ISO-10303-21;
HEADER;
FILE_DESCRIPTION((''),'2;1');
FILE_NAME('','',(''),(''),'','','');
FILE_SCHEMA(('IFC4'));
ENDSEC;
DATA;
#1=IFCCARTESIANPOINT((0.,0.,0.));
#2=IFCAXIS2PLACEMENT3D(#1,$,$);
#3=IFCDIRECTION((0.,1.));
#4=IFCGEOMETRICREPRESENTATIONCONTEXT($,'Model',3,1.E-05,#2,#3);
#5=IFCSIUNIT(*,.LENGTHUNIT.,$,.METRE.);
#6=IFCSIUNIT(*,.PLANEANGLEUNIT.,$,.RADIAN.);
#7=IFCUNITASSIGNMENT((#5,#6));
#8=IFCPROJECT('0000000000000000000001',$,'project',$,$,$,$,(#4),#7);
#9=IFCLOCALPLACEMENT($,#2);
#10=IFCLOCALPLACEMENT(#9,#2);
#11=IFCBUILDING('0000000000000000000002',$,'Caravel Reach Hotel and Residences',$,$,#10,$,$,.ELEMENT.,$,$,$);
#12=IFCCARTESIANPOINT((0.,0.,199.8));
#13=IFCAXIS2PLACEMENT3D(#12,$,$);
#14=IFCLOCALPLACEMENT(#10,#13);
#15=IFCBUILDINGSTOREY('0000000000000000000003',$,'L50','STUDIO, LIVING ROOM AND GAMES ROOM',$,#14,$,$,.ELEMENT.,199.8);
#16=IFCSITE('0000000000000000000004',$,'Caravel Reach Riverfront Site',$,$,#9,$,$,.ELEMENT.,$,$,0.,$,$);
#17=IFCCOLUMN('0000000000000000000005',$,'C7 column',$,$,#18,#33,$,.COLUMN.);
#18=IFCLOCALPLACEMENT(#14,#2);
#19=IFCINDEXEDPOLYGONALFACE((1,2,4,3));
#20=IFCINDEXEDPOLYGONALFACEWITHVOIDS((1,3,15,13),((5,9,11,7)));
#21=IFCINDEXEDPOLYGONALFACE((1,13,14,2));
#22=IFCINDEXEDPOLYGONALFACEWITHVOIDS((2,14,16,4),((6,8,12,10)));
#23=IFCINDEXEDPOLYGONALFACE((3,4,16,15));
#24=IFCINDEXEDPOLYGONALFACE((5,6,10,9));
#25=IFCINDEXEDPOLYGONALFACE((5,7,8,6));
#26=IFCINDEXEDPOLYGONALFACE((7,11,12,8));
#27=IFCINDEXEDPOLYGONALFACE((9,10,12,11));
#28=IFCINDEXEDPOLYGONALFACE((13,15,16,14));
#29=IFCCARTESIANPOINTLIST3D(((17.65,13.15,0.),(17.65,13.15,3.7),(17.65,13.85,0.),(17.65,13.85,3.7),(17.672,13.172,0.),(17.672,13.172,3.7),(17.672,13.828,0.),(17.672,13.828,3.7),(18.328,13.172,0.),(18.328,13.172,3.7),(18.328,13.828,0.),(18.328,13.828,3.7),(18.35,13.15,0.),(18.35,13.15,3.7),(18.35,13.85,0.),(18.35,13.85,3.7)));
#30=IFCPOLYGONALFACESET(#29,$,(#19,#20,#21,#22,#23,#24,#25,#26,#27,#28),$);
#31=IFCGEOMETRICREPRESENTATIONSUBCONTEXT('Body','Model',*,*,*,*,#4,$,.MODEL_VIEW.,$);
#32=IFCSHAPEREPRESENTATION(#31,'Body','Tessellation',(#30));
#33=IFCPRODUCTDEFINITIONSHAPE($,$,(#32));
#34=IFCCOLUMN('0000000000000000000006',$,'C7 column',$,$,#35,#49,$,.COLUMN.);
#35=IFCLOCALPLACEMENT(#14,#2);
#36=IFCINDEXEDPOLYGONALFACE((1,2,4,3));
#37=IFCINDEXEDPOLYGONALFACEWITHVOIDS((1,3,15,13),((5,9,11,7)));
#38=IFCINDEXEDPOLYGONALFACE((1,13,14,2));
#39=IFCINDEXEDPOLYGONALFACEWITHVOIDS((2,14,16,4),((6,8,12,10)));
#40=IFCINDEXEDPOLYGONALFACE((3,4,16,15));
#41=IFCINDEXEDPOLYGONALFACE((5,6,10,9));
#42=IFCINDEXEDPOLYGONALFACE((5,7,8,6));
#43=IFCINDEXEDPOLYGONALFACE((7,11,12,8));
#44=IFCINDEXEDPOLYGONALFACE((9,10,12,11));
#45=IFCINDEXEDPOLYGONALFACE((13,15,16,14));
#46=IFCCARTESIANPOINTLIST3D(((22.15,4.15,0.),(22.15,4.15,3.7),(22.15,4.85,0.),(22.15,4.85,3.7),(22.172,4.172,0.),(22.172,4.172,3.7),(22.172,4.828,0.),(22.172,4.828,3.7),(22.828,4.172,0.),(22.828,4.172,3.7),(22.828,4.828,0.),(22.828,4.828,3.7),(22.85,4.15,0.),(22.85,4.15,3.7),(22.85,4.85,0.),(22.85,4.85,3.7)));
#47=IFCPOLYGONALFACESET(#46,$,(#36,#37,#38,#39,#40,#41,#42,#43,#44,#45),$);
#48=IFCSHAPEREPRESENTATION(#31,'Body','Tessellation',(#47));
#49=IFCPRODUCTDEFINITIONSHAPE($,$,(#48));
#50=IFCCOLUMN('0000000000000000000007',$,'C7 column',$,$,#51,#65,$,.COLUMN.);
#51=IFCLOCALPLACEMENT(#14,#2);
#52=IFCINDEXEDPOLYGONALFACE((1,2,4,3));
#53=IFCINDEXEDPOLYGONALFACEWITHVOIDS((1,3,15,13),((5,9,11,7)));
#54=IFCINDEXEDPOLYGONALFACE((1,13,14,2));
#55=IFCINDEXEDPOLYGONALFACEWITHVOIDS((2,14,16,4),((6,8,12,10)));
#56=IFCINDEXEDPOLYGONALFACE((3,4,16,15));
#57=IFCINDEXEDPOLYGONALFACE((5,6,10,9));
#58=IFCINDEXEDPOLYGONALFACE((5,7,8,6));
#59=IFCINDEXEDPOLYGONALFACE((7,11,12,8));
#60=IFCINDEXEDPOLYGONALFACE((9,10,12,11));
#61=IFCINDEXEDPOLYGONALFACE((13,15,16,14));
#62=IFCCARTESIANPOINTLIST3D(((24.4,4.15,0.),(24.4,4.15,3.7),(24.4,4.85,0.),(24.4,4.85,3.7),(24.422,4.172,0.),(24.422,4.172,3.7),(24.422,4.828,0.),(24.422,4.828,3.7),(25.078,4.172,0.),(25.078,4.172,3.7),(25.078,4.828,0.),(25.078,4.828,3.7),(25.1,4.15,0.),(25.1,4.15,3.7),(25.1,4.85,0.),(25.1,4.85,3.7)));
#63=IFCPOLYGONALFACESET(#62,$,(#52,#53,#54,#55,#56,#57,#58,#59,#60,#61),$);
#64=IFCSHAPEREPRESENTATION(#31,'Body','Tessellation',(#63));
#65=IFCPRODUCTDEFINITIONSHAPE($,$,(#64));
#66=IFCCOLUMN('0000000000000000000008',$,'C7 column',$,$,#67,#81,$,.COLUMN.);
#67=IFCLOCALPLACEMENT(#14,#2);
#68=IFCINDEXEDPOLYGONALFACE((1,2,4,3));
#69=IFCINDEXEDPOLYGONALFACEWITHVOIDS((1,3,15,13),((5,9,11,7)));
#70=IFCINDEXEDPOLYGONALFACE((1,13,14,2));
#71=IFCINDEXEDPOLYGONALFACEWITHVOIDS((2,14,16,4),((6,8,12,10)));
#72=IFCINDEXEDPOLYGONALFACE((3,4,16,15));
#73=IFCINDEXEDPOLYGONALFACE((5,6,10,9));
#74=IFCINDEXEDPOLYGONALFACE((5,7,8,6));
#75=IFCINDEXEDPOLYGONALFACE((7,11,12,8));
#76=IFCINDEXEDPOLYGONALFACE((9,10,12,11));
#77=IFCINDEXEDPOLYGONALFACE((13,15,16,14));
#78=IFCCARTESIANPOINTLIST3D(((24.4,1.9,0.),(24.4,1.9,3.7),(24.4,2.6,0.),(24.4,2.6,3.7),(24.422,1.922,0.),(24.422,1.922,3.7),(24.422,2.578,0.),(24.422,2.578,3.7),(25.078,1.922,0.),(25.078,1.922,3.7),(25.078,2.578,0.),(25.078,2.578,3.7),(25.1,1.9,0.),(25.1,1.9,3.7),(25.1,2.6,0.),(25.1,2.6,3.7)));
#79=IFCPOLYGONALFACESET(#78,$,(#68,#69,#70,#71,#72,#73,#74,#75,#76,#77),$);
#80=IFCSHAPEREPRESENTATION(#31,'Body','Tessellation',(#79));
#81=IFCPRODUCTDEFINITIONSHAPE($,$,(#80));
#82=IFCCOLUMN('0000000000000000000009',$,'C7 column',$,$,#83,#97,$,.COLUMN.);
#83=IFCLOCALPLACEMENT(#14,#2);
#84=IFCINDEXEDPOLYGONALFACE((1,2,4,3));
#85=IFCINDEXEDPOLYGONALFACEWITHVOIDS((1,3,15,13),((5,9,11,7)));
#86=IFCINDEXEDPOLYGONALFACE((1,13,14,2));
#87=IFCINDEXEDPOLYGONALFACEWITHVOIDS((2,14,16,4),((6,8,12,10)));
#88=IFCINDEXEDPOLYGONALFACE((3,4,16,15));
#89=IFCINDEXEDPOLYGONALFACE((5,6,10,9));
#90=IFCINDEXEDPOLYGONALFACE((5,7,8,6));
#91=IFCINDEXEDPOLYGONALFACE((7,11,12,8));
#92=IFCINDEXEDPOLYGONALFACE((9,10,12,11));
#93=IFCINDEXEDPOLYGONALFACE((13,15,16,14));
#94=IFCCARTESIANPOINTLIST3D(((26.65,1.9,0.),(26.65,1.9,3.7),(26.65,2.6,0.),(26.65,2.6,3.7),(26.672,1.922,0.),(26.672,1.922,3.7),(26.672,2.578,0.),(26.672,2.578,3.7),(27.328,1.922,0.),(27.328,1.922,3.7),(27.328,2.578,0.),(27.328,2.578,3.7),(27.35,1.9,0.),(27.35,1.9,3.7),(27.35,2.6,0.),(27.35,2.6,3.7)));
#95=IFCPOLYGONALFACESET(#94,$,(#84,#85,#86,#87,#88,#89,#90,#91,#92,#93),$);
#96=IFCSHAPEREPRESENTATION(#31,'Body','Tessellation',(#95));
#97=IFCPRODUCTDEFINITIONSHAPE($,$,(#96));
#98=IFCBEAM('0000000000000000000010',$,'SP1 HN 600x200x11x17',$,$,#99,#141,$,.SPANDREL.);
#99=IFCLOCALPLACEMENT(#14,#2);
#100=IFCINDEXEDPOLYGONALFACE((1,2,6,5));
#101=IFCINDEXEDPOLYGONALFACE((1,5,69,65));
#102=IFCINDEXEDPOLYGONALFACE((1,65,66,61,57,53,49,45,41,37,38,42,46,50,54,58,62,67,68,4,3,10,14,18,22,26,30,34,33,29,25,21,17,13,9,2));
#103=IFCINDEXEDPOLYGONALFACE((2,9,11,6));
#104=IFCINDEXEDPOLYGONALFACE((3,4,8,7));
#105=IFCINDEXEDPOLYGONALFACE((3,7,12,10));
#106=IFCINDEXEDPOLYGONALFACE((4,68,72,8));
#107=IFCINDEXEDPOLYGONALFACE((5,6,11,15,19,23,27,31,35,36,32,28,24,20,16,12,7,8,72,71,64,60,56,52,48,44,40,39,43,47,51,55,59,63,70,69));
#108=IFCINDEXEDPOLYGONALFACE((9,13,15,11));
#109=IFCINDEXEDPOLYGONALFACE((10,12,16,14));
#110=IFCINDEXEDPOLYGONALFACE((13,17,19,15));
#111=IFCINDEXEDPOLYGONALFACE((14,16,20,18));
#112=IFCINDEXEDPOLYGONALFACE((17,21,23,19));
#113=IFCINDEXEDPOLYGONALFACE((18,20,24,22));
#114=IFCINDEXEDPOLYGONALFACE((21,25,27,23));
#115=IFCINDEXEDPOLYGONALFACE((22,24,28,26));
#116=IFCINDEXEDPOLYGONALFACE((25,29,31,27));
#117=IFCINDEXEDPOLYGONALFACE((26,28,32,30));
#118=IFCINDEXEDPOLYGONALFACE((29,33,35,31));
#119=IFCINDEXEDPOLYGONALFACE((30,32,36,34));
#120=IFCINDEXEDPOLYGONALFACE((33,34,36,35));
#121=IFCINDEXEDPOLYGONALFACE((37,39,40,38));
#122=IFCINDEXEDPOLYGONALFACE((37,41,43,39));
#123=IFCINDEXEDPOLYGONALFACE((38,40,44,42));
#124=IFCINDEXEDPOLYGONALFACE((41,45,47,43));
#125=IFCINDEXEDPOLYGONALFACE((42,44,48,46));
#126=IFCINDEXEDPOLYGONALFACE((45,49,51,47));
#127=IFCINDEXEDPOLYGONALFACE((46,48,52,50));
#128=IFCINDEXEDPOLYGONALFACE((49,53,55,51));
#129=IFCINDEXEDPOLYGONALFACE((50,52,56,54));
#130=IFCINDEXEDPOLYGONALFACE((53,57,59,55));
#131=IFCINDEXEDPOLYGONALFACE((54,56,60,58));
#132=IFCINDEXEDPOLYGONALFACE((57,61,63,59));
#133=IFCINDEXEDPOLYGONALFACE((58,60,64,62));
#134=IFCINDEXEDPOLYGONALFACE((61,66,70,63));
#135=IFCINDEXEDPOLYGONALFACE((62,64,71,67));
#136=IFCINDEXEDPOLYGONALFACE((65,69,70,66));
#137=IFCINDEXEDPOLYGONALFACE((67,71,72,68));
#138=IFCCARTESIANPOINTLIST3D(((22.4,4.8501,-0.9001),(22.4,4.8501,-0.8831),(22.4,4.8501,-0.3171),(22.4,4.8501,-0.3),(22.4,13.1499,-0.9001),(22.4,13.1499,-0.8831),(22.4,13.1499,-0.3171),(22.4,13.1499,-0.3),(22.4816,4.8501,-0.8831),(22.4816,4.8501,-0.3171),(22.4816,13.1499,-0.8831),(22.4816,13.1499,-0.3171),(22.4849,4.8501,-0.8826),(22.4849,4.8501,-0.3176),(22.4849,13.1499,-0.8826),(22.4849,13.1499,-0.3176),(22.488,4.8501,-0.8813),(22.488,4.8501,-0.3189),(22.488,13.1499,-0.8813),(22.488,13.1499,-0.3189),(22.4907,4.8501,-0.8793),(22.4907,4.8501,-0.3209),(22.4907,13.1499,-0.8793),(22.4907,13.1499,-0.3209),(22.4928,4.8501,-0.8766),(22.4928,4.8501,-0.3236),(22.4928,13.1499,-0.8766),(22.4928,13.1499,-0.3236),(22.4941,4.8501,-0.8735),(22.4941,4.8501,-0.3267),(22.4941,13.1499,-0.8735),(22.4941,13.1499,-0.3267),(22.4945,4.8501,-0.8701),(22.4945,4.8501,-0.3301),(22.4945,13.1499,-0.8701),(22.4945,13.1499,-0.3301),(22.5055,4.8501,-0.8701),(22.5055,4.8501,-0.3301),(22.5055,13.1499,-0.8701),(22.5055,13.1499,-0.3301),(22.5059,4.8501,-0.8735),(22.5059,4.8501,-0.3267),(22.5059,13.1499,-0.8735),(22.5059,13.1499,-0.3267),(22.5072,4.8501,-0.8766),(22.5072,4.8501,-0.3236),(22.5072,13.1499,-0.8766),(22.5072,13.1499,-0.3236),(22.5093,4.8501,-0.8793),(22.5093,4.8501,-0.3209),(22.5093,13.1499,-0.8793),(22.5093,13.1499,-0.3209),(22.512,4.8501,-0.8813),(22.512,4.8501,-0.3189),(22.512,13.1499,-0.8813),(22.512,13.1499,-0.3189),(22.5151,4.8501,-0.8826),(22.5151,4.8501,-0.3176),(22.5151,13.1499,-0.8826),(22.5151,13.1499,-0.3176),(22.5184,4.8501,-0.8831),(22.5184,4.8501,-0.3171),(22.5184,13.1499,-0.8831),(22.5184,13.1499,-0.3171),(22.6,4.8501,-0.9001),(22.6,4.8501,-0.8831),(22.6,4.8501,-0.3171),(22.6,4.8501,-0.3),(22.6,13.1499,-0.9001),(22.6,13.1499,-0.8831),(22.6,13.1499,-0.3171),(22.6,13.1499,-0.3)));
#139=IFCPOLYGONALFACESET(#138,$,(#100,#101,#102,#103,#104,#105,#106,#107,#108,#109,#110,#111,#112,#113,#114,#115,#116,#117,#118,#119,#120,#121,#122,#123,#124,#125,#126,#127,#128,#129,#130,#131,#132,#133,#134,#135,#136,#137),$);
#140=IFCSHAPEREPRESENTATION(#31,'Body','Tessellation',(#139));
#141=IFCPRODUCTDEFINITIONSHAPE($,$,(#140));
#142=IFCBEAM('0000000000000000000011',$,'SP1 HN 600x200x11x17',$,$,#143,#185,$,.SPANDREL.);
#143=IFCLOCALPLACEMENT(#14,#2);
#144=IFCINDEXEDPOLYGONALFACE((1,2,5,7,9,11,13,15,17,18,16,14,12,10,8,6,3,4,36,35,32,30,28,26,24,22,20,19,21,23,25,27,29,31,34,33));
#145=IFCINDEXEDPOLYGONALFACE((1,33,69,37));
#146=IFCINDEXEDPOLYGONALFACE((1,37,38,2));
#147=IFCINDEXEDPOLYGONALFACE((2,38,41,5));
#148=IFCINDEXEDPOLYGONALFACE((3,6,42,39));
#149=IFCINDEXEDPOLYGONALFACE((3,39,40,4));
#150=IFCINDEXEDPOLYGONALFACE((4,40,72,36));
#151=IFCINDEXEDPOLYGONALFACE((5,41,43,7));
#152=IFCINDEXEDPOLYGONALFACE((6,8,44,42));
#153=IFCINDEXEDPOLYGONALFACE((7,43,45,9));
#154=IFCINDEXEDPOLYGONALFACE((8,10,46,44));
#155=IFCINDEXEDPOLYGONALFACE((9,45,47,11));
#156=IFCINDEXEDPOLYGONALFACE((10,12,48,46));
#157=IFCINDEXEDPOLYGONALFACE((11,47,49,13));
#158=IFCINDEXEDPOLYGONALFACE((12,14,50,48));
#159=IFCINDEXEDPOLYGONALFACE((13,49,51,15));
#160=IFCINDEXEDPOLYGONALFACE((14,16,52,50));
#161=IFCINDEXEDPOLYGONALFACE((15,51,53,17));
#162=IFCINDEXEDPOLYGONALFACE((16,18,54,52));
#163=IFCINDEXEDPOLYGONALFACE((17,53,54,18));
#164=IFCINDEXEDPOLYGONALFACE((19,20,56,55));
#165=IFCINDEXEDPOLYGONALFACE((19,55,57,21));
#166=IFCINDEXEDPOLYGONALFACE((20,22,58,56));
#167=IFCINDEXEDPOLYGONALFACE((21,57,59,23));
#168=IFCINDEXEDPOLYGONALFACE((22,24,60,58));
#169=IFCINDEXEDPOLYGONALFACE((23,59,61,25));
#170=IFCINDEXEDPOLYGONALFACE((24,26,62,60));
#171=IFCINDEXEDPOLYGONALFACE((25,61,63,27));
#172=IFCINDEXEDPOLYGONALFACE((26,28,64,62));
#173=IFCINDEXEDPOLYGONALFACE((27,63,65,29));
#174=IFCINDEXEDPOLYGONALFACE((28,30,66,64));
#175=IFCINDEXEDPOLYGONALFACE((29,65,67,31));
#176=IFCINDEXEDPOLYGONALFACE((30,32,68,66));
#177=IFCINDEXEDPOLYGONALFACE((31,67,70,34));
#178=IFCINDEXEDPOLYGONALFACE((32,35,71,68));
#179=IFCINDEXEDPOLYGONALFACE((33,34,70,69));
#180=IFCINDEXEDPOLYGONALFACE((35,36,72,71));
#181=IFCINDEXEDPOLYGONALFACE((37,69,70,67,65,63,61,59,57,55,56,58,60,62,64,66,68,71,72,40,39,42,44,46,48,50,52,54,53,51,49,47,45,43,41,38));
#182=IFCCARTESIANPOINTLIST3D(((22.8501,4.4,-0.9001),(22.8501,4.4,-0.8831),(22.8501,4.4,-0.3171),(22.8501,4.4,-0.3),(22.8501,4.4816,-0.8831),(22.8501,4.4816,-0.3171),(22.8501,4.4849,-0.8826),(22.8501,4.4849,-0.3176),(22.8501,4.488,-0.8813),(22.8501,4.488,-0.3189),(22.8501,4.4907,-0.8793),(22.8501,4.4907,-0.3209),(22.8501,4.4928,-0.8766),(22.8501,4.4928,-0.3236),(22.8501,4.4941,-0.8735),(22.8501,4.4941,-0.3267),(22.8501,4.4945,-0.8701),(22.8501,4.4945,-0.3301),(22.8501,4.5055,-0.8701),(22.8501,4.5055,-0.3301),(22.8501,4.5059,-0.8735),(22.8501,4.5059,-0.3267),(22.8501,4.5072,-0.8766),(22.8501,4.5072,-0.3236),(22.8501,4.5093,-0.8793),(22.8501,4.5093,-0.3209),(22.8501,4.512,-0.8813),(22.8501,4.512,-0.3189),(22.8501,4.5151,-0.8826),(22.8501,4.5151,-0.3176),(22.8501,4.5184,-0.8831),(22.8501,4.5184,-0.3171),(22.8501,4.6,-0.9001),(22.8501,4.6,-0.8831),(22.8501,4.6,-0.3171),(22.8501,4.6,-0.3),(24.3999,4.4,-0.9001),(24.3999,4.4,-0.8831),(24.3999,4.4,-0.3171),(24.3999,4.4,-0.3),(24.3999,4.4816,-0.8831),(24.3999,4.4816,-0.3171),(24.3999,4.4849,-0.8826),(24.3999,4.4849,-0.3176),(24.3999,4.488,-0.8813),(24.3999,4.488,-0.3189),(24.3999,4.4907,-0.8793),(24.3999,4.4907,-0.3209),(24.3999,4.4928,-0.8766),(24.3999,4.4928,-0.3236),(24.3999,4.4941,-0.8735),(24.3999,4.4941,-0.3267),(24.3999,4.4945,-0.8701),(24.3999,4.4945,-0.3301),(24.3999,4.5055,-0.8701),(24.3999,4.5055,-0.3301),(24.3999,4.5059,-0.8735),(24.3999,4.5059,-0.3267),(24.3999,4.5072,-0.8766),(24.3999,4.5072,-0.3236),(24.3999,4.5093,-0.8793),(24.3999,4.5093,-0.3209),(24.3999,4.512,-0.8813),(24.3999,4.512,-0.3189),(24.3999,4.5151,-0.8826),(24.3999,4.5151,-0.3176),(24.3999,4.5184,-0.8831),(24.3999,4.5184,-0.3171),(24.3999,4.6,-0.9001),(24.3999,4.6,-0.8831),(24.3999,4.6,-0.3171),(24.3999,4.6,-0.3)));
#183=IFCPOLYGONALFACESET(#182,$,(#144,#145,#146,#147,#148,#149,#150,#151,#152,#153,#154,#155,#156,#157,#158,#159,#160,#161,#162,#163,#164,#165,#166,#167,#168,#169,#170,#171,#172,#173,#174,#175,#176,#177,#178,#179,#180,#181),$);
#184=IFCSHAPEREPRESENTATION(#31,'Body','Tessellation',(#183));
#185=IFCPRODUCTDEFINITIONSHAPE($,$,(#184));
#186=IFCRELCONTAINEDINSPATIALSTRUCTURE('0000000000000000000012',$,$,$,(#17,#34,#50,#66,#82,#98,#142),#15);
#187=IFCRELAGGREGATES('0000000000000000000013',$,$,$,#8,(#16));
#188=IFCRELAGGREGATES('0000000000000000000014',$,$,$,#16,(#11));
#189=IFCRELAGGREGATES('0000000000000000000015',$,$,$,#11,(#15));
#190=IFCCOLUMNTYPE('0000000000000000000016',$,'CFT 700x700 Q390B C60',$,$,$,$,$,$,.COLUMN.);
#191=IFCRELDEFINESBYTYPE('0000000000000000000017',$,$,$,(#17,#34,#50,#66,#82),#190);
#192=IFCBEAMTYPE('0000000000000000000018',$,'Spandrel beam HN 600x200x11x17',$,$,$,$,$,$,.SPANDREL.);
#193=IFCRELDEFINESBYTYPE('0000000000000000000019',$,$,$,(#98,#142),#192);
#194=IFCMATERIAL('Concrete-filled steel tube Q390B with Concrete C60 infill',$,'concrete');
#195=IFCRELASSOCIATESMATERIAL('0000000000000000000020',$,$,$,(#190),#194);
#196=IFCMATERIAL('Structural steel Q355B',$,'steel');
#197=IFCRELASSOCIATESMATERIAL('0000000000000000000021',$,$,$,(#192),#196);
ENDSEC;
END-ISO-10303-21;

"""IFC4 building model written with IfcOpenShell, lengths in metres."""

from ifc_helpers import new_model, si_unit, direction, frame, origin, origin_2d, place, context, subcontext, project, spatial, hollow_rectangle, i_section, extrude, material, material_profile, profile_set, type_object, element, save


model = new_model("IFC4")

# Units and contexts
model_context = context("Model", 3, precision=1e-05, world=origin(), true_north=direction((0.0, 1.0)))
body_context = subcontext(model_context, "Body", "Model", "MODEL_VIEW")
ifc_project = project(units=[si_unit("LENGTHUNIT", "METRE"), si_unit("PLANEANGLEUNIT", "RADIAN")], contexts=[model_context])

# Site, building, storey
site_placement = place(None, origin())
site = spatial("IfcSite", under=ifc_project, at=site_placement, Name="Caravel Reach Riverfront Site", CompositionType="ELEMENT", RefElevation=0.0)
building_placement = place(site_placement, origin())
building = spatial("IfcBuilding", under=site, at=building_placement, Name="Caravel Reach Hotel and Residences", CompositionType="ELEMENT")
storey_placement = place(building_placement, frame((0.0, 0.0, 199.8)))
storey = spatial("IfcBuildingStorey", under=building, at=storey_placement, Name="L50", Description="STUDIO, LIVING ROOM AND GAMES ROOM", CompositionType="ELEMENT", Elevation=199.8)

# Columns
ifc_material_1 = material(Name="Concrete-filled steel tube Q390B with Concrete C60 infill", Category="concrete")
ifc_material_profile_1 = material_profile(ifc_material_1, hollow_rectangle(XDim=0.7, YDim=0.7, WallThickness=0.022, at=origin_2d()), Name="RHS 700x700x22")
ifc_profile_set_1 = profile_set([ifc_material_profile_1], Name="Concrete-filled steel tube Q390B with Concrete C60 infill")
column_type = type_object("IfcColumnType", Name="CFT 700x700 Q390B C60", PredefinedType="COLUMN", material=ifc_profile_set_1)
for number, where, z_axis, x_axis, name in (
    (1, (18.0, 13.5, 0.0), (0.0, 0.0, 1.0), (1.0, 0.0, 0.0), "C7 column"),
    (2, (22.5, 4.5, 0.0), (0.0, 0.0, 1.0), (1.0, 0.0, 0.0), "C7 column"),
    (3, (24.75, 4.5, 0.0), (0.0, 0.0, 1.0), (1.0, 0.0, 0.0), "C7 column"),
    (4, (24.75, 2.25, 0.0), (0.0, 0.0, 1.0), (1.0, 0.0, 0.0), "C7 column"),
    (5, (27.0, 2.25, 0.0), (0.0, 0.0, 1.0), (1.0, 0.0, 0.0), "C7 column"),
):
    element("IfcColumn", number, at=place(storey_placement, frame(where, z_axis=z_axis, x_axis=x_axis)), inside=storey, type_object=column_type, Name=name, PredefinedType="COLUMN", context=body_context, shape_type="SweptSolid", body=[
        extrude(hollow_rectangle(XDim=0.7, YDim=0.7, WallThickness=0.022, at=origin_2d()), origin(), (0.0, 0.0, 1.0), 3.7),
    ])

# Beams
ifc_material_2 = material(Name="Structural steel Q355B", Category="steel")
ifc_material_profile_2 = material_profile(ifc_material_2, i_section(OverallWidth=0.2, OverallDepth=0.6001, WebThickness=0.011, FlangeThickness=0.0171, FilletRadius=0.0129, at=origin_2d()), Name="HN 600x200x11x17")
ifc_profile_set_2 = profile_set([ifc_material_profile_2], Name="Structural steel Q355B")
beam_type = type_object("IfcBeamType", Name="Spandrel beam HN 600x200x11x17", PredefinedType="SPANDREL", material=ifc_profile_set_2)
beam_placement = place(storey_placement, frame((22.5, 13.1499, -0.6001), z_axis=(0.0, -1.0, 0.0), x_axis=(1.0, 0.0, 0.0)))
element("IfcBeam", 6, at=beam_placement, inside=storey, type_object=beam_type, Name="SP1 HN 600x200x11x17", PredefinedType="SPANDREL", context=body_context, shape_type="SweptSolid", body=[
    extrude(i_section(OverallWidth=0.2, OverallDepth=0.6001, WebThickness=0.011, FlangeThickness=0.0171, FilletRadius=0.0129, at=origin_2d()), origin(), (0.0, 0.0, 1.0), 8.2998),
])
for number, where, z_axis, x_axis, name in (
    (7, (22.8501, 4.5, -0.6001), (1.0, 0.0, 0.0), (0.0, 1.0, 0.0), "SP1 HN 600x200x11x17"),
):
    element("IfcBeam", number, at=place(storey_placement, frame(where, z_axis=z_axis, x_axis=x_axis)), inside=storey, type_object=beam_type, Name=name, PredefinedType="SPANDREL", context=body_context, shape_type="SweptSolid", body=[
        extrude(i_section(OverallWidth=0.2, OverallDepth=0.6001, WebThickness=0.011, FlangeThickness=0.0171, FilletRadius=0.0129, at=origin_2d()), origin(), (0.0, 0.0, 1.0), 1.5498),
    ])

save(model, "model.ifc")
